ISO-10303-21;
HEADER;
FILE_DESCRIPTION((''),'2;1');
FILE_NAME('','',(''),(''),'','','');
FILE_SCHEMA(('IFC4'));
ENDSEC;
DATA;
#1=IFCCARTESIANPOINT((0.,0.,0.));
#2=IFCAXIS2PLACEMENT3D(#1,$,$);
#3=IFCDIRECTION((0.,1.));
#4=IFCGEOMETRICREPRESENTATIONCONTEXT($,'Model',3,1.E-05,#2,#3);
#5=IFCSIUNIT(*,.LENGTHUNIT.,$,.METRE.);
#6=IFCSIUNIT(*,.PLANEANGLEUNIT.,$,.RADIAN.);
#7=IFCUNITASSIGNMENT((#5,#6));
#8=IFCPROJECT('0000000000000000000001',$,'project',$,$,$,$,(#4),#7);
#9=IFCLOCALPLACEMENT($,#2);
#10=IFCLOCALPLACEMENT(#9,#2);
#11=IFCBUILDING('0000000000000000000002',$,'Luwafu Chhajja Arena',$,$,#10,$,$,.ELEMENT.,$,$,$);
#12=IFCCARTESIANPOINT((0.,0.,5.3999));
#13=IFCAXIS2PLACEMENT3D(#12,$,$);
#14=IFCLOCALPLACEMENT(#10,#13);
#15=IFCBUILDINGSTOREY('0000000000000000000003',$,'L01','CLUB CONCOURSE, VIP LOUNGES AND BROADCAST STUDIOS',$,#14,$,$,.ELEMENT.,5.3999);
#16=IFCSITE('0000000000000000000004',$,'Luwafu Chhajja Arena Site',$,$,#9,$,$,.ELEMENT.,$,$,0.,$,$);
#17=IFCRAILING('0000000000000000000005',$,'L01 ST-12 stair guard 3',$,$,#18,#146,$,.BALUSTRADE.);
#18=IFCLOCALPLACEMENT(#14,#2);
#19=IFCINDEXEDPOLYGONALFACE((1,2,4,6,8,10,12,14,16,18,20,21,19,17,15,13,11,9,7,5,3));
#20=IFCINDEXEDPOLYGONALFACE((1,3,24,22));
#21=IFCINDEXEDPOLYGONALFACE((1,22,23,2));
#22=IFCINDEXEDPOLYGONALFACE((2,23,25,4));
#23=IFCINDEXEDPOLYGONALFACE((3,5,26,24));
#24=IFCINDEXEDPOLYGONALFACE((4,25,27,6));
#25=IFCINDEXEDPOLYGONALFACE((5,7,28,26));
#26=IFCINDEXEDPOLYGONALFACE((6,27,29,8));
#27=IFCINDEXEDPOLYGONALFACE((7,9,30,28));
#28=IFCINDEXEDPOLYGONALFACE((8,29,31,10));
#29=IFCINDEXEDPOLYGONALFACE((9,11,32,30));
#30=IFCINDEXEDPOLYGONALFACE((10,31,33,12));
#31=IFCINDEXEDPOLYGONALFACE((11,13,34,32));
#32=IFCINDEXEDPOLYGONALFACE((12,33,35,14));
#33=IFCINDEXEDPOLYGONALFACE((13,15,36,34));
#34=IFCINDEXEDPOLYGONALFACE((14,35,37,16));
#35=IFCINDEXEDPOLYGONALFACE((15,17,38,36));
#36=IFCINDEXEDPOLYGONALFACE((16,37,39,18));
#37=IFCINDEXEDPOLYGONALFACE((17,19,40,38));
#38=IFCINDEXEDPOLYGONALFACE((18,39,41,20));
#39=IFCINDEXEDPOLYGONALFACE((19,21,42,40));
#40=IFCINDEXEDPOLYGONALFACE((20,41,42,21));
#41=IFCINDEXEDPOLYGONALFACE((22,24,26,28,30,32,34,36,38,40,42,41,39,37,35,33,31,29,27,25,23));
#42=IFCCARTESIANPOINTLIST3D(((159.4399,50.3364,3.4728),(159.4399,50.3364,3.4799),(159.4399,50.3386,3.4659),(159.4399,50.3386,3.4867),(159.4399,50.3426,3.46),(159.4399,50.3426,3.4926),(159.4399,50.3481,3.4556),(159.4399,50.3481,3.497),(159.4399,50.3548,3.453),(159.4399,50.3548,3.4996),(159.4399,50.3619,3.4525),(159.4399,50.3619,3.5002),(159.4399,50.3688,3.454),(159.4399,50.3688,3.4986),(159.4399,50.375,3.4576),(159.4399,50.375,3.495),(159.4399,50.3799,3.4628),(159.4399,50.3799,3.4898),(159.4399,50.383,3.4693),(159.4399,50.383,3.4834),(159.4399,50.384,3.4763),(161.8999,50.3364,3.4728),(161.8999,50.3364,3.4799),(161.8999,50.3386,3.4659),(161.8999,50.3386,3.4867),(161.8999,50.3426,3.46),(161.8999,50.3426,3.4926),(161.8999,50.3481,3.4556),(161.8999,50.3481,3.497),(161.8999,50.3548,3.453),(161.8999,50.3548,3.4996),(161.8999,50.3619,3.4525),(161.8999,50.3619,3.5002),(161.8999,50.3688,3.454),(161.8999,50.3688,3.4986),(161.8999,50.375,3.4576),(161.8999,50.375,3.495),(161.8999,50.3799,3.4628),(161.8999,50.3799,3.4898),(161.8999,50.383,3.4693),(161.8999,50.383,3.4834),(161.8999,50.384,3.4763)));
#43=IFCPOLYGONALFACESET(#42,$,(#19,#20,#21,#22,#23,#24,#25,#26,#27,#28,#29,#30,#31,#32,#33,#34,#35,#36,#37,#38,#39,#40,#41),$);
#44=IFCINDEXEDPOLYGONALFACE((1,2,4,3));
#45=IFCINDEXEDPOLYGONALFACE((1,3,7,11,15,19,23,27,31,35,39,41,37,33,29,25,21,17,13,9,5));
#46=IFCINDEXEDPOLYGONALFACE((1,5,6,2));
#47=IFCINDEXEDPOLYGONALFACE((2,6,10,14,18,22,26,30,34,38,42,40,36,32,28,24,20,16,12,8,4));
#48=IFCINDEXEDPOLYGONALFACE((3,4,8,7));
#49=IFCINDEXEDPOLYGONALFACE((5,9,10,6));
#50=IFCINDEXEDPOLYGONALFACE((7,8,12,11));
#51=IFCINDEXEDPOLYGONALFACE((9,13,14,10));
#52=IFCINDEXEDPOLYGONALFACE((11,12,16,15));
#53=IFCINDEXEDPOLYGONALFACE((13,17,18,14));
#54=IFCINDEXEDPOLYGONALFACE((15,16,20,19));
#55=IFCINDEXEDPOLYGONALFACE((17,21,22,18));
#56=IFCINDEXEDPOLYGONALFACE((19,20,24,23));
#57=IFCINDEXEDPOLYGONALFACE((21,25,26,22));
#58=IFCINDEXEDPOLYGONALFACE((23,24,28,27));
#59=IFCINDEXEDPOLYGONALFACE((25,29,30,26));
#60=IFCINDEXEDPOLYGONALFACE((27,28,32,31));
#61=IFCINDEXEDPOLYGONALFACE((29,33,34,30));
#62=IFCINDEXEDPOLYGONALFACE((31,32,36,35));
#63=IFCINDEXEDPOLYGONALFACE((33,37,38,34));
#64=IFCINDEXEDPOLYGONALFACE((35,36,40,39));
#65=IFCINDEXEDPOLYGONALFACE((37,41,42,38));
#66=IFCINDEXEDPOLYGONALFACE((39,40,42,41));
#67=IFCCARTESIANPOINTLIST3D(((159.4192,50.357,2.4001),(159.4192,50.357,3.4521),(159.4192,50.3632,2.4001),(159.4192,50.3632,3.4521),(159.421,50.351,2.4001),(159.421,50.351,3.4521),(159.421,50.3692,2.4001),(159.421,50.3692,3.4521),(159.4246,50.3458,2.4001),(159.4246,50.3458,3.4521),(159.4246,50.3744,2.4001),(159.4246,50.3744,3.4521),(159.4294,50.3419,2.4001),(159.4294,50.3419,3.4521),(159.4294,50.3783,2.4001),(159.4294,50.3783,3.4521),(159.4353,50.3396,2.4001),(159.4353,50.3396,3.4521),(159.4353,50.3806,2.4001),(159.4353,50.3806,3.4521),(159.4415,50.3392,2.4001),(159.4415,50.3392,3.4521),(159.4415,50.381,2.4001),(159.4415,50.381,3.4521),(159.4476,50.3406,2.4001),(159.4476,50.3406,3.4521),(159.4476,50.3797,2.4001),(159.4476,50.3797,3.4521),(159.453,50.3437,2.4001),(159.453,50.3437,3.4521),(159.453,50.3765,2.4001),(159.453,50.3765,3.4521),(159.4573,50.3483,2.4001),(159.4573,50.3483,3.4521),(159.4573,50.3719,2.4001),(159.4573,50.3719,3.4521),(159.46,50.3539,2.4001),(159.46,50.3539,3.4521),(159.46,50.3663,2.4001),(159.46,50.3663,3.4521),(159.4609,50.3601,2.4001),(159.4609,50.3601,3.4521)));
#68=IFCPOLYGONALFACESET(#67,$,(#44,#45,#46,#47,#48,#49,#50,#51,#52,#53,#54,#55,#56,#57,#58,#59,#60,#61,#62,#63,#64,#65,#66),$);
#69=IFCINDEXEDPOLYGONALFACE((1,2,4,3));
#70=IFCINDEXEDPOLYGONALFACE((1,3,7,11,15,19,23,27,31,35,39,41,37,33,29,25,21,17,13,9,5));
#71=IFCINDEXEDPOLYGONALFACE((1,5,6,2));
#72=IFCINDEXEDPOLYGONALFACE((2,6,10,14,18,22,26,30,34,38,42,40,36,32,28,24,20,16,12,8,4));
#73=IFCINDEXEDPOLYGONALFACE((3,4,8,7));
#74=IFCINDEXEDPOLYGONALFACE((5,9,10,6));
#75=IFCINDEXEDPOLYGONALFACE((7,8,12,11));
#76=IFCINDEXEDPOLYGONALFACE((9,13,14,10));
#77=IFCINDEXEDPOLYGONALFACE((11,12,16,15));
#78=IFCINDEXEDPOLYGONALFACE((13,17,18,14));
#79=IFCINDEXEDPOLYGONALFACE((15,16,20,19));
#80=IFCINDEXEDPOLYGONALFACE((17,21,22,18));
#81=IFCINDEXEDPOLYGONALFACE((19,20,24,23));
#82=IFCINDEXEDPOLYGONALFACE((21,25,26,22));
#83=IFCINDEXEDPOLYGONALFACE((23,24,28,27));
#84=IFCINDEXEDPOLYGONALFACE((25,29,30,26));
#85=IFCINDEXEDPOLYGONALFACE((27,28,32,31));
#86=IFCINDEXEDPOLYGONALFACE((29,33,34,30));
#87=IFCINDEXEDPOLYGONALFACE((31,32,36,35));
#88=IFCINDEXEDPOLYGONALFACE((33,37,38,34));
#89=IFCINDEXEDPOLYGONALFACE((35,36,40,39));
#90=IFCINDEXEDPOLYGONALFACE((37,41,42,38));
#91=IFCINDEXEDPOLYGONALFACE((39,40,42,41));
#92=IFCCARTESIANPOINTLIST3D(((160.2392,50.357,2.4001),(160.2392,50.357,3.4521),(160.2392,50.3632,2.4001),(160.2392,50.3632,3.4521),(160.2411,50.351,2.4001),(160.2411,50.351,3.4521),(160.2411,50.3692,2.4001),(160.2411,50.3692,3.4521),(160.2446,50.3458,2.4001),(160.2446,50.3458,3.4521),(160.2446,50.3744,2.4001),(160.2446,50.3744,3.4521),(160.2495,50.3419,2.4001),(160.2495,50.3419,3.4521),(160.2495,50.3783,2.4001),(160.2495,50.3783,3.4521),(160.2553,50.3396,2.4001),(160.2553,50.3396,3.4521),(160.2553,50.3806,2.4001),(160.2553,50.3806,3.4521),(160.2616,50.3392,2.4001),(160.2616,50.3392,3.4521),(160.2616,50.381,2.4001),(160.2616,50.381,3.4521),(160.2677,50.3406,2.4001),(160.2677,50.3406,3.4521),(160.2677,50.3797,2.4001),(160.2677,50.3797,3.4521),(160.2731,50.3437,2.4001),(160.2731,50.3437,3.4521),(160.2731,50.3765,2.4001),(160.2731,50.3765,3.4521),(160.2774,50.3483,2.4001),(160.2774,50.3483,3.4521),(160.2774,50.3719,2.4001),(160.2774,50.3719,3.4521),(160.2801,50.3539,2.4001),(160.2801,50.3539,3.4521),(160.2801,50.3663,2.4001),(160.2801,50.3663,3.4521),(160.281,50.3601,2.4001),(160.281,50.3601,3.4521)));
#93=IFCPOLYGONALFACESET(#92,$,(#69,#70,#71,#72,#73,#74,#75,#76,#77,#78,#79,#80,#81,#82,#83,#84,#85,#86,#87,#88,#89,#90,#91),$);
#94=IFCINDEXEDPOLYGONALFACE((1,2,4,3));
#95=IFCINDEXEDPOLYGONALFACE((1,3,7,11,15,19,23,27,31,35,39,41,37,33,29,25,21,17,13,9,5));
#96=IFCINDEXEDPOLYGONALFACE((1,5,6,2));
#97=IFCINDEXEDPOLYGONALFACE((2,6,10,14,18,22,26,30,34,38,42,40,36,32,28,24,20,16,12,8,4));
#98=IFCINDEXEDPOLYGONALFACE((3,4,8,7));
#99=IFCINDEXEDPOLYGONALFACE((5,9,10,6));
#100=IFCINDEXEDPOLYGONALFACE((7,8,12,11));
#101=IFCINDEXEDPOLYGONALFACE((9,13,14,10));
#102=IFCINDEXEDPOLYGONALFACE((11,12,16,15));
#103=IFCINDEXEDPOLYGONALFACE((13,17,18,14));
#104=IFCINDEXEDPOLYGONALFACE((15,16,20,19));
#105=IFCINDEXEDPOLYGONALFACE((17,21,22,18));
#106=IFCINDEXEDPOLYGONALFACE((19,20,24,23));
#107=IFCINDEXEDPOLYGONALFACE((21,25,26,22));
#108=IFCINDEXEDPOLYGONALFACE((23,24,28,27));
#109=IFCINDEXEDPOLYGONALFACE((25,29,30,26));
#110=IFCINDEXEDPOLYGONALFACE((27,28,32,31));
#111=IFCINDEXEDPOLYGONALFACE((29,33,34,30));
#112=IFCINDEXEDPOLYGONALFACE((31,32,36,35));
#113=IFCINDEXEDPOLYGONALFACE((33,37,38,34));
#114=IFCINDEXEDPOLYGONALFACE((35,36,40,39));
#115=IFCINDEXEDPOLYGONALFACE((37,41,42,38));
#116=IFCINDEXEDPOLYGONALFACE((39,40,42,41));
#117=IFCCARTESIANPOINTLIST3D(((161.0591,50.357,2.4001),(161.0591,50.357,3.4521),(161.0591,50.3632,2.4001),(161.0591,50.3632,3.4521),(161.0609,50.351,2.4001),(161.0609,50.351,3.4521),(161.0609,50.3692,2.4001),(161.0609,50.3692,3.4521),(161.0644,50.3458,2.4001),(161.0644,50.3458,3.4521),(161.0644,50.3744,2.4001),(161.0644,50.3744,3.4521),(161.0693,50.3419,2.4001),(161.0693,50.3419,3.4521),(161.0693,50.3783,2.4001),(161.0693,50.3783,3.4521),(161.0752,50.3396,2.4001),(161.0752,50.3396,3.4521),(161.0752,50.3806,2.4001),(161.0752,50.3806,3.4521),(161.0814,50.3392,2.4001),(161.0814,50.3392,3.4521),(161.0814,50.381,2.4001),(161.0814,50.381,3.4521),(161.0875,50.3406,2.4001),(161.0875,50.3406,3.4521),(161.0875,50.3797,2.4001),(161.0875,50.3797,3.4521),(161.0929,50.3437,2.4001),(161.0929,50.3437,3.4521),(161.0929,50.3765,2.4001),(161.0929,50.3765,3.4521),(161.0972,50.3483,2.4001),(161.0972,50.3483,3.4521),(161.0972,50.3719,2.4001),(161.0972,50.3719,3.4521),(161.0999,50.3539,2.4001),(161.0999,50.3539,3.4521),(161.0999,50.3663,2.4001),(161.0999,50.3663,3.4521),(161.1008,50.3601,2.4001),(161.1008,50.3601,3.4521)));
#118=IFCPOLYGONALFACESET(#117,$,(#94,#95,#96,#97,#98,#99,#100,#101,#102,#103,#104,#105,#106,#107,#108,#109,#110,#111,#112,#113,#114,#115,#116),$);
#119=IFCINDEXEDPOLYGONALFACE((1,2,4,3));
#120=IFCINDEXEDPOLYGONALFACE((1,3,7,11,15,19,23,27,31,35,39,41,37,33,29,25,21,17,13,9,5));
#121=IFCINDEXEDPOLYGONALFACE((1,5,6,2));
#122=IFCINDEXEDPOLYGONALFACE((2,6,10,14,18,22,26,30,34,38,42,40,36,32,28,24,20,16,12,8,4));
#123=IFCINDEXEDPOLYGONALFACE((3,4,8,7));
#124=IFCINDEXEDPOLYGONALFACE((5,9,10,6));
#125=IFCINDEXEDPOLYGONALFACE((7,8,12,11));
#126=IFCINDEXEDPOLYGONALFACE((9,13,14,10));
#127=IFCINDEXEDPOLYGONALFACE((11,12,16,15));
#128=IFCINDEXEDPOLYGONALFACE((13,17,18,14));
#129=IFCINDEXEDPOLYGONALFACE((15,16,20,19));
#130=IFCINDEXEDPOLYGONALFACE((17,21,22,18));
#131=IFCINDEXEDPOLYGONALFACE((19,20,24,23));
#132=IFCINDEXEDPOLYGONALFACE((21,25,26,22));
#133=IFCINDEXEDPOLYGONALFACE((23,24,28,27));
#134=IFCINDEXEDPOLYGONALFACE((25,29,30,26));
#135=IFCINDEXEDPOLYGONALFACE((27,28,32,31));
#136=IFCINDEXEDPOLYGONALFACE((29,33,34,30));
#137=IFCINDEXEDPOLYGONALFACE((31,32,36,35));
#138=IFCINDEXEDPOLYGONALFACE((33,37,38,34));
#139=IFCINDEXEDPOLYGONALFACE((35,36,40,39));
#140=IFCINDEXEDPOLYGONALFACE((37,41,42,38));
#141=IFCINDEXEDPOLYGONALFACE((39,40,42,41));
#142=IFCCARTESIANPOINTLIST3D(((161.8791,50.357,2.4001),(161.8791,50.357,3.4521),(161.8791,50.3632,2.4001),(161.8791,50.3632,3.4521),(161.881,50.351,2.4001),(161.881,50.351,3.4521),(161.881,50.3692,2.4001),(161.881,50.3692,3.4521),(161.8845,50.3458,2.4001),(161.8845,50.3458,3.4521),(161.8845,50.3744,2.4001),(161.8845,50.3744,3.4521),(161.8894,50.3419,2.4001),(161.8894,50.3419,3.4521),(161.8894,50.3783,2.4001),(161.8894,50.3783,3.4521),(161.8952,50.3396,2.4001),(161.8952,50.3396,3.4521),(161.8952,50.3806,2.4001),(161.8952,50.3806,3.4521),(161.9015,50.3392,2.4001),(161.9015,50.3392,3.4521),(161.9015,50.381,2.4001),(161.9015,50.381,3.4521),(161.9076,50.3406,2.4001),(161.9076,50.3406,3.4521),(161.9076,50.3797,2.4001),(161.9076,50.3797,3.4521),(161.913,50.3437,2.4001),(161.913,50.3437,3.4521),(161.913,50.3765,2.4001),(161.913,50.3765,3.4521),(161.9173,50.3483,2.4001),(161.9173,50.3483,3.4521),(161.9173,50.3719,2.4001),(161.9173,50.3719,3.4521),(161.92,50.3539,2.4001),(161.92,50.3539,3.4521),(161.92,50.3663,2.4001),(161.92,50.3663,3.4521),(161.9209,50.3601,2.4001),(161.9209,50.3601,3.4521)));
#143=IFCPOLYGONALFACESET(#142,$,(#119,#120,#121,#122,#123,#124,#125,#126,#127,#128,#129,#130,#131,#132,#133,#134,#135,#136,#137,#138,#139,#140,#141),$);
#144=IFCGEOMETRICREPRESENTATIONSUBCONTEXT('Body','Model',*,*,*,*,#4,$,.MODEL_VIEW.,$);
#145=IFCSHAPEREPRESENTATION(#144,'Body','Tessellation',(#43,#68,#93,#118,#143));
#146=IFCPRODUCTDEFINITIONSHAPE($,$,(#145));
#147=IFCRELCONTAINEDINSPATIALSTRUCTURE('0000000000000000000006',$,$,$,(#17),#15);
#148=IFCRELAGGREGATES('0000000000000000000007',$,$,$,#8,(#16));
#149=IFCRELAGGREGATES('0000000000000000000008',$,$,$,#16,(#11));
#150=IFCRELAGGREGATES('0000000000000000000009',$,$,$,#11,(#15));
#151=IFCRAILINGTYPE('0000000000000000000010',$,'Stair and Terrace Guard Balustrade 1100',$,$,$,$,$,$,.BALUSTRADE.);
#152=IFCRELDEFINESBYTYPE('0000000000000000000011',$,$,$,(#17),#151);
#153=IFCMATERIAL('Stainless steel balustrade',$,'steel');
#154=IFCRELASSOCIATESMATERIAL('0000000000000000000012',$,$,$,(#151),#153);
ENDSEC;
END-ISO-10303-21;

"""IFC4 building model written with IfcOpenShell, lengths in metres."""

from ifc_helpers import new_model, si_unit, direction, frame, origin, origin_2d, place, context, subcontext, project, spatial, circle, extrude, material, type_object, element, save


model = new_model("IFC4")

# Units and contexts
model_context = context("Model", 3, precision=1e-05, world=origin(), true_north=direction((0.0, 1.0)))
body_context = subcontext(model_context, "Body", "Model", "MODEL_VIEW")
ifc_project = project(units=[si_unit("LENGTHUNIT", "METRE"), si_unit("PLANEANGLEUNIT", "RADIAN")], contexts=[model_context])

# Site, building, storey
site_placement = place(None, origin())
site = spatial("IfcSite", under=ifc_project, at=site_placement, Name="Luwafu Chhajja Arena Site", CompositionType="ELEMENT", RefElevation=0.0)
building_placement = place(site_placement, origin())
building = spatial("IfcBuilding", under=site, at=building_placement, Name="Luwafu Chhajja Arena", CompositionType="ELEMENT")
storey_placement = place(building_placement, frame((0.0, 0.0, 5.3999)))
storey = spatial("IfcBuildingStorey", under=building, at=storey_placement, Name="L01", Description="CLUB CONCOURSE, VIP LOUNGES AND BROADCAST STUDIOS", CompositionType="ELEMENT", Elevation=5.3999)

# Railing
ifc_material_1 = material(Name="Stainless steel balustrade", Category="steel")
railing_type_1 = type_object("IfcRailingType", Name="Stair and Terrace Guard Balustrade 1100", PredefinedType="BALUSTRADE", material=ifc_material_1)
for number, where, name in (
    (1, (159.4399, 50.3601, 2.4001), "L01 ST-12 stair guard 3"),
):
    element("IfcRailing", number, at=place(storey_placement, frame(where)), inside=storey, type_object=railing_type_1, Name=name, PredefinedType="BALUSTRADE", context=body_context, shape_type="SweptSolid", body=[
        extrude(circle(Radius=0.0239, at=origin_2d()), frame((0.0, 0.0, 1.0762), z_axis=(1.0, 0.0, 0.0), x_axis=(0.0, 1.0, 0.0)), (0.0, 0.0, 1.0), 2.46),
        extrude(circle(Radius=0.021, at=origin_2d()), origin(), (0.0, 0.0, 1.0), 1.052),
        extrude(circle(Radius=0.021, at=origin_2d()), frame((0.8201, 0.0, 0.0)), (0.0, 0.0, 1.0), 1.052),
        extrude(circle(Radius=0.021, at=origin_2d()), frame((1.6399, 0.0, 0.0)), (0.0, 0.0, 1.0), 1.052),
        extrude(circle(Radius=0.021, at=origin_2d()), frame((2.46, 0.0, 0.0)), (0.0, 0.0, 1.0), 1.052),
    ])

save(model, "model.ifc")
